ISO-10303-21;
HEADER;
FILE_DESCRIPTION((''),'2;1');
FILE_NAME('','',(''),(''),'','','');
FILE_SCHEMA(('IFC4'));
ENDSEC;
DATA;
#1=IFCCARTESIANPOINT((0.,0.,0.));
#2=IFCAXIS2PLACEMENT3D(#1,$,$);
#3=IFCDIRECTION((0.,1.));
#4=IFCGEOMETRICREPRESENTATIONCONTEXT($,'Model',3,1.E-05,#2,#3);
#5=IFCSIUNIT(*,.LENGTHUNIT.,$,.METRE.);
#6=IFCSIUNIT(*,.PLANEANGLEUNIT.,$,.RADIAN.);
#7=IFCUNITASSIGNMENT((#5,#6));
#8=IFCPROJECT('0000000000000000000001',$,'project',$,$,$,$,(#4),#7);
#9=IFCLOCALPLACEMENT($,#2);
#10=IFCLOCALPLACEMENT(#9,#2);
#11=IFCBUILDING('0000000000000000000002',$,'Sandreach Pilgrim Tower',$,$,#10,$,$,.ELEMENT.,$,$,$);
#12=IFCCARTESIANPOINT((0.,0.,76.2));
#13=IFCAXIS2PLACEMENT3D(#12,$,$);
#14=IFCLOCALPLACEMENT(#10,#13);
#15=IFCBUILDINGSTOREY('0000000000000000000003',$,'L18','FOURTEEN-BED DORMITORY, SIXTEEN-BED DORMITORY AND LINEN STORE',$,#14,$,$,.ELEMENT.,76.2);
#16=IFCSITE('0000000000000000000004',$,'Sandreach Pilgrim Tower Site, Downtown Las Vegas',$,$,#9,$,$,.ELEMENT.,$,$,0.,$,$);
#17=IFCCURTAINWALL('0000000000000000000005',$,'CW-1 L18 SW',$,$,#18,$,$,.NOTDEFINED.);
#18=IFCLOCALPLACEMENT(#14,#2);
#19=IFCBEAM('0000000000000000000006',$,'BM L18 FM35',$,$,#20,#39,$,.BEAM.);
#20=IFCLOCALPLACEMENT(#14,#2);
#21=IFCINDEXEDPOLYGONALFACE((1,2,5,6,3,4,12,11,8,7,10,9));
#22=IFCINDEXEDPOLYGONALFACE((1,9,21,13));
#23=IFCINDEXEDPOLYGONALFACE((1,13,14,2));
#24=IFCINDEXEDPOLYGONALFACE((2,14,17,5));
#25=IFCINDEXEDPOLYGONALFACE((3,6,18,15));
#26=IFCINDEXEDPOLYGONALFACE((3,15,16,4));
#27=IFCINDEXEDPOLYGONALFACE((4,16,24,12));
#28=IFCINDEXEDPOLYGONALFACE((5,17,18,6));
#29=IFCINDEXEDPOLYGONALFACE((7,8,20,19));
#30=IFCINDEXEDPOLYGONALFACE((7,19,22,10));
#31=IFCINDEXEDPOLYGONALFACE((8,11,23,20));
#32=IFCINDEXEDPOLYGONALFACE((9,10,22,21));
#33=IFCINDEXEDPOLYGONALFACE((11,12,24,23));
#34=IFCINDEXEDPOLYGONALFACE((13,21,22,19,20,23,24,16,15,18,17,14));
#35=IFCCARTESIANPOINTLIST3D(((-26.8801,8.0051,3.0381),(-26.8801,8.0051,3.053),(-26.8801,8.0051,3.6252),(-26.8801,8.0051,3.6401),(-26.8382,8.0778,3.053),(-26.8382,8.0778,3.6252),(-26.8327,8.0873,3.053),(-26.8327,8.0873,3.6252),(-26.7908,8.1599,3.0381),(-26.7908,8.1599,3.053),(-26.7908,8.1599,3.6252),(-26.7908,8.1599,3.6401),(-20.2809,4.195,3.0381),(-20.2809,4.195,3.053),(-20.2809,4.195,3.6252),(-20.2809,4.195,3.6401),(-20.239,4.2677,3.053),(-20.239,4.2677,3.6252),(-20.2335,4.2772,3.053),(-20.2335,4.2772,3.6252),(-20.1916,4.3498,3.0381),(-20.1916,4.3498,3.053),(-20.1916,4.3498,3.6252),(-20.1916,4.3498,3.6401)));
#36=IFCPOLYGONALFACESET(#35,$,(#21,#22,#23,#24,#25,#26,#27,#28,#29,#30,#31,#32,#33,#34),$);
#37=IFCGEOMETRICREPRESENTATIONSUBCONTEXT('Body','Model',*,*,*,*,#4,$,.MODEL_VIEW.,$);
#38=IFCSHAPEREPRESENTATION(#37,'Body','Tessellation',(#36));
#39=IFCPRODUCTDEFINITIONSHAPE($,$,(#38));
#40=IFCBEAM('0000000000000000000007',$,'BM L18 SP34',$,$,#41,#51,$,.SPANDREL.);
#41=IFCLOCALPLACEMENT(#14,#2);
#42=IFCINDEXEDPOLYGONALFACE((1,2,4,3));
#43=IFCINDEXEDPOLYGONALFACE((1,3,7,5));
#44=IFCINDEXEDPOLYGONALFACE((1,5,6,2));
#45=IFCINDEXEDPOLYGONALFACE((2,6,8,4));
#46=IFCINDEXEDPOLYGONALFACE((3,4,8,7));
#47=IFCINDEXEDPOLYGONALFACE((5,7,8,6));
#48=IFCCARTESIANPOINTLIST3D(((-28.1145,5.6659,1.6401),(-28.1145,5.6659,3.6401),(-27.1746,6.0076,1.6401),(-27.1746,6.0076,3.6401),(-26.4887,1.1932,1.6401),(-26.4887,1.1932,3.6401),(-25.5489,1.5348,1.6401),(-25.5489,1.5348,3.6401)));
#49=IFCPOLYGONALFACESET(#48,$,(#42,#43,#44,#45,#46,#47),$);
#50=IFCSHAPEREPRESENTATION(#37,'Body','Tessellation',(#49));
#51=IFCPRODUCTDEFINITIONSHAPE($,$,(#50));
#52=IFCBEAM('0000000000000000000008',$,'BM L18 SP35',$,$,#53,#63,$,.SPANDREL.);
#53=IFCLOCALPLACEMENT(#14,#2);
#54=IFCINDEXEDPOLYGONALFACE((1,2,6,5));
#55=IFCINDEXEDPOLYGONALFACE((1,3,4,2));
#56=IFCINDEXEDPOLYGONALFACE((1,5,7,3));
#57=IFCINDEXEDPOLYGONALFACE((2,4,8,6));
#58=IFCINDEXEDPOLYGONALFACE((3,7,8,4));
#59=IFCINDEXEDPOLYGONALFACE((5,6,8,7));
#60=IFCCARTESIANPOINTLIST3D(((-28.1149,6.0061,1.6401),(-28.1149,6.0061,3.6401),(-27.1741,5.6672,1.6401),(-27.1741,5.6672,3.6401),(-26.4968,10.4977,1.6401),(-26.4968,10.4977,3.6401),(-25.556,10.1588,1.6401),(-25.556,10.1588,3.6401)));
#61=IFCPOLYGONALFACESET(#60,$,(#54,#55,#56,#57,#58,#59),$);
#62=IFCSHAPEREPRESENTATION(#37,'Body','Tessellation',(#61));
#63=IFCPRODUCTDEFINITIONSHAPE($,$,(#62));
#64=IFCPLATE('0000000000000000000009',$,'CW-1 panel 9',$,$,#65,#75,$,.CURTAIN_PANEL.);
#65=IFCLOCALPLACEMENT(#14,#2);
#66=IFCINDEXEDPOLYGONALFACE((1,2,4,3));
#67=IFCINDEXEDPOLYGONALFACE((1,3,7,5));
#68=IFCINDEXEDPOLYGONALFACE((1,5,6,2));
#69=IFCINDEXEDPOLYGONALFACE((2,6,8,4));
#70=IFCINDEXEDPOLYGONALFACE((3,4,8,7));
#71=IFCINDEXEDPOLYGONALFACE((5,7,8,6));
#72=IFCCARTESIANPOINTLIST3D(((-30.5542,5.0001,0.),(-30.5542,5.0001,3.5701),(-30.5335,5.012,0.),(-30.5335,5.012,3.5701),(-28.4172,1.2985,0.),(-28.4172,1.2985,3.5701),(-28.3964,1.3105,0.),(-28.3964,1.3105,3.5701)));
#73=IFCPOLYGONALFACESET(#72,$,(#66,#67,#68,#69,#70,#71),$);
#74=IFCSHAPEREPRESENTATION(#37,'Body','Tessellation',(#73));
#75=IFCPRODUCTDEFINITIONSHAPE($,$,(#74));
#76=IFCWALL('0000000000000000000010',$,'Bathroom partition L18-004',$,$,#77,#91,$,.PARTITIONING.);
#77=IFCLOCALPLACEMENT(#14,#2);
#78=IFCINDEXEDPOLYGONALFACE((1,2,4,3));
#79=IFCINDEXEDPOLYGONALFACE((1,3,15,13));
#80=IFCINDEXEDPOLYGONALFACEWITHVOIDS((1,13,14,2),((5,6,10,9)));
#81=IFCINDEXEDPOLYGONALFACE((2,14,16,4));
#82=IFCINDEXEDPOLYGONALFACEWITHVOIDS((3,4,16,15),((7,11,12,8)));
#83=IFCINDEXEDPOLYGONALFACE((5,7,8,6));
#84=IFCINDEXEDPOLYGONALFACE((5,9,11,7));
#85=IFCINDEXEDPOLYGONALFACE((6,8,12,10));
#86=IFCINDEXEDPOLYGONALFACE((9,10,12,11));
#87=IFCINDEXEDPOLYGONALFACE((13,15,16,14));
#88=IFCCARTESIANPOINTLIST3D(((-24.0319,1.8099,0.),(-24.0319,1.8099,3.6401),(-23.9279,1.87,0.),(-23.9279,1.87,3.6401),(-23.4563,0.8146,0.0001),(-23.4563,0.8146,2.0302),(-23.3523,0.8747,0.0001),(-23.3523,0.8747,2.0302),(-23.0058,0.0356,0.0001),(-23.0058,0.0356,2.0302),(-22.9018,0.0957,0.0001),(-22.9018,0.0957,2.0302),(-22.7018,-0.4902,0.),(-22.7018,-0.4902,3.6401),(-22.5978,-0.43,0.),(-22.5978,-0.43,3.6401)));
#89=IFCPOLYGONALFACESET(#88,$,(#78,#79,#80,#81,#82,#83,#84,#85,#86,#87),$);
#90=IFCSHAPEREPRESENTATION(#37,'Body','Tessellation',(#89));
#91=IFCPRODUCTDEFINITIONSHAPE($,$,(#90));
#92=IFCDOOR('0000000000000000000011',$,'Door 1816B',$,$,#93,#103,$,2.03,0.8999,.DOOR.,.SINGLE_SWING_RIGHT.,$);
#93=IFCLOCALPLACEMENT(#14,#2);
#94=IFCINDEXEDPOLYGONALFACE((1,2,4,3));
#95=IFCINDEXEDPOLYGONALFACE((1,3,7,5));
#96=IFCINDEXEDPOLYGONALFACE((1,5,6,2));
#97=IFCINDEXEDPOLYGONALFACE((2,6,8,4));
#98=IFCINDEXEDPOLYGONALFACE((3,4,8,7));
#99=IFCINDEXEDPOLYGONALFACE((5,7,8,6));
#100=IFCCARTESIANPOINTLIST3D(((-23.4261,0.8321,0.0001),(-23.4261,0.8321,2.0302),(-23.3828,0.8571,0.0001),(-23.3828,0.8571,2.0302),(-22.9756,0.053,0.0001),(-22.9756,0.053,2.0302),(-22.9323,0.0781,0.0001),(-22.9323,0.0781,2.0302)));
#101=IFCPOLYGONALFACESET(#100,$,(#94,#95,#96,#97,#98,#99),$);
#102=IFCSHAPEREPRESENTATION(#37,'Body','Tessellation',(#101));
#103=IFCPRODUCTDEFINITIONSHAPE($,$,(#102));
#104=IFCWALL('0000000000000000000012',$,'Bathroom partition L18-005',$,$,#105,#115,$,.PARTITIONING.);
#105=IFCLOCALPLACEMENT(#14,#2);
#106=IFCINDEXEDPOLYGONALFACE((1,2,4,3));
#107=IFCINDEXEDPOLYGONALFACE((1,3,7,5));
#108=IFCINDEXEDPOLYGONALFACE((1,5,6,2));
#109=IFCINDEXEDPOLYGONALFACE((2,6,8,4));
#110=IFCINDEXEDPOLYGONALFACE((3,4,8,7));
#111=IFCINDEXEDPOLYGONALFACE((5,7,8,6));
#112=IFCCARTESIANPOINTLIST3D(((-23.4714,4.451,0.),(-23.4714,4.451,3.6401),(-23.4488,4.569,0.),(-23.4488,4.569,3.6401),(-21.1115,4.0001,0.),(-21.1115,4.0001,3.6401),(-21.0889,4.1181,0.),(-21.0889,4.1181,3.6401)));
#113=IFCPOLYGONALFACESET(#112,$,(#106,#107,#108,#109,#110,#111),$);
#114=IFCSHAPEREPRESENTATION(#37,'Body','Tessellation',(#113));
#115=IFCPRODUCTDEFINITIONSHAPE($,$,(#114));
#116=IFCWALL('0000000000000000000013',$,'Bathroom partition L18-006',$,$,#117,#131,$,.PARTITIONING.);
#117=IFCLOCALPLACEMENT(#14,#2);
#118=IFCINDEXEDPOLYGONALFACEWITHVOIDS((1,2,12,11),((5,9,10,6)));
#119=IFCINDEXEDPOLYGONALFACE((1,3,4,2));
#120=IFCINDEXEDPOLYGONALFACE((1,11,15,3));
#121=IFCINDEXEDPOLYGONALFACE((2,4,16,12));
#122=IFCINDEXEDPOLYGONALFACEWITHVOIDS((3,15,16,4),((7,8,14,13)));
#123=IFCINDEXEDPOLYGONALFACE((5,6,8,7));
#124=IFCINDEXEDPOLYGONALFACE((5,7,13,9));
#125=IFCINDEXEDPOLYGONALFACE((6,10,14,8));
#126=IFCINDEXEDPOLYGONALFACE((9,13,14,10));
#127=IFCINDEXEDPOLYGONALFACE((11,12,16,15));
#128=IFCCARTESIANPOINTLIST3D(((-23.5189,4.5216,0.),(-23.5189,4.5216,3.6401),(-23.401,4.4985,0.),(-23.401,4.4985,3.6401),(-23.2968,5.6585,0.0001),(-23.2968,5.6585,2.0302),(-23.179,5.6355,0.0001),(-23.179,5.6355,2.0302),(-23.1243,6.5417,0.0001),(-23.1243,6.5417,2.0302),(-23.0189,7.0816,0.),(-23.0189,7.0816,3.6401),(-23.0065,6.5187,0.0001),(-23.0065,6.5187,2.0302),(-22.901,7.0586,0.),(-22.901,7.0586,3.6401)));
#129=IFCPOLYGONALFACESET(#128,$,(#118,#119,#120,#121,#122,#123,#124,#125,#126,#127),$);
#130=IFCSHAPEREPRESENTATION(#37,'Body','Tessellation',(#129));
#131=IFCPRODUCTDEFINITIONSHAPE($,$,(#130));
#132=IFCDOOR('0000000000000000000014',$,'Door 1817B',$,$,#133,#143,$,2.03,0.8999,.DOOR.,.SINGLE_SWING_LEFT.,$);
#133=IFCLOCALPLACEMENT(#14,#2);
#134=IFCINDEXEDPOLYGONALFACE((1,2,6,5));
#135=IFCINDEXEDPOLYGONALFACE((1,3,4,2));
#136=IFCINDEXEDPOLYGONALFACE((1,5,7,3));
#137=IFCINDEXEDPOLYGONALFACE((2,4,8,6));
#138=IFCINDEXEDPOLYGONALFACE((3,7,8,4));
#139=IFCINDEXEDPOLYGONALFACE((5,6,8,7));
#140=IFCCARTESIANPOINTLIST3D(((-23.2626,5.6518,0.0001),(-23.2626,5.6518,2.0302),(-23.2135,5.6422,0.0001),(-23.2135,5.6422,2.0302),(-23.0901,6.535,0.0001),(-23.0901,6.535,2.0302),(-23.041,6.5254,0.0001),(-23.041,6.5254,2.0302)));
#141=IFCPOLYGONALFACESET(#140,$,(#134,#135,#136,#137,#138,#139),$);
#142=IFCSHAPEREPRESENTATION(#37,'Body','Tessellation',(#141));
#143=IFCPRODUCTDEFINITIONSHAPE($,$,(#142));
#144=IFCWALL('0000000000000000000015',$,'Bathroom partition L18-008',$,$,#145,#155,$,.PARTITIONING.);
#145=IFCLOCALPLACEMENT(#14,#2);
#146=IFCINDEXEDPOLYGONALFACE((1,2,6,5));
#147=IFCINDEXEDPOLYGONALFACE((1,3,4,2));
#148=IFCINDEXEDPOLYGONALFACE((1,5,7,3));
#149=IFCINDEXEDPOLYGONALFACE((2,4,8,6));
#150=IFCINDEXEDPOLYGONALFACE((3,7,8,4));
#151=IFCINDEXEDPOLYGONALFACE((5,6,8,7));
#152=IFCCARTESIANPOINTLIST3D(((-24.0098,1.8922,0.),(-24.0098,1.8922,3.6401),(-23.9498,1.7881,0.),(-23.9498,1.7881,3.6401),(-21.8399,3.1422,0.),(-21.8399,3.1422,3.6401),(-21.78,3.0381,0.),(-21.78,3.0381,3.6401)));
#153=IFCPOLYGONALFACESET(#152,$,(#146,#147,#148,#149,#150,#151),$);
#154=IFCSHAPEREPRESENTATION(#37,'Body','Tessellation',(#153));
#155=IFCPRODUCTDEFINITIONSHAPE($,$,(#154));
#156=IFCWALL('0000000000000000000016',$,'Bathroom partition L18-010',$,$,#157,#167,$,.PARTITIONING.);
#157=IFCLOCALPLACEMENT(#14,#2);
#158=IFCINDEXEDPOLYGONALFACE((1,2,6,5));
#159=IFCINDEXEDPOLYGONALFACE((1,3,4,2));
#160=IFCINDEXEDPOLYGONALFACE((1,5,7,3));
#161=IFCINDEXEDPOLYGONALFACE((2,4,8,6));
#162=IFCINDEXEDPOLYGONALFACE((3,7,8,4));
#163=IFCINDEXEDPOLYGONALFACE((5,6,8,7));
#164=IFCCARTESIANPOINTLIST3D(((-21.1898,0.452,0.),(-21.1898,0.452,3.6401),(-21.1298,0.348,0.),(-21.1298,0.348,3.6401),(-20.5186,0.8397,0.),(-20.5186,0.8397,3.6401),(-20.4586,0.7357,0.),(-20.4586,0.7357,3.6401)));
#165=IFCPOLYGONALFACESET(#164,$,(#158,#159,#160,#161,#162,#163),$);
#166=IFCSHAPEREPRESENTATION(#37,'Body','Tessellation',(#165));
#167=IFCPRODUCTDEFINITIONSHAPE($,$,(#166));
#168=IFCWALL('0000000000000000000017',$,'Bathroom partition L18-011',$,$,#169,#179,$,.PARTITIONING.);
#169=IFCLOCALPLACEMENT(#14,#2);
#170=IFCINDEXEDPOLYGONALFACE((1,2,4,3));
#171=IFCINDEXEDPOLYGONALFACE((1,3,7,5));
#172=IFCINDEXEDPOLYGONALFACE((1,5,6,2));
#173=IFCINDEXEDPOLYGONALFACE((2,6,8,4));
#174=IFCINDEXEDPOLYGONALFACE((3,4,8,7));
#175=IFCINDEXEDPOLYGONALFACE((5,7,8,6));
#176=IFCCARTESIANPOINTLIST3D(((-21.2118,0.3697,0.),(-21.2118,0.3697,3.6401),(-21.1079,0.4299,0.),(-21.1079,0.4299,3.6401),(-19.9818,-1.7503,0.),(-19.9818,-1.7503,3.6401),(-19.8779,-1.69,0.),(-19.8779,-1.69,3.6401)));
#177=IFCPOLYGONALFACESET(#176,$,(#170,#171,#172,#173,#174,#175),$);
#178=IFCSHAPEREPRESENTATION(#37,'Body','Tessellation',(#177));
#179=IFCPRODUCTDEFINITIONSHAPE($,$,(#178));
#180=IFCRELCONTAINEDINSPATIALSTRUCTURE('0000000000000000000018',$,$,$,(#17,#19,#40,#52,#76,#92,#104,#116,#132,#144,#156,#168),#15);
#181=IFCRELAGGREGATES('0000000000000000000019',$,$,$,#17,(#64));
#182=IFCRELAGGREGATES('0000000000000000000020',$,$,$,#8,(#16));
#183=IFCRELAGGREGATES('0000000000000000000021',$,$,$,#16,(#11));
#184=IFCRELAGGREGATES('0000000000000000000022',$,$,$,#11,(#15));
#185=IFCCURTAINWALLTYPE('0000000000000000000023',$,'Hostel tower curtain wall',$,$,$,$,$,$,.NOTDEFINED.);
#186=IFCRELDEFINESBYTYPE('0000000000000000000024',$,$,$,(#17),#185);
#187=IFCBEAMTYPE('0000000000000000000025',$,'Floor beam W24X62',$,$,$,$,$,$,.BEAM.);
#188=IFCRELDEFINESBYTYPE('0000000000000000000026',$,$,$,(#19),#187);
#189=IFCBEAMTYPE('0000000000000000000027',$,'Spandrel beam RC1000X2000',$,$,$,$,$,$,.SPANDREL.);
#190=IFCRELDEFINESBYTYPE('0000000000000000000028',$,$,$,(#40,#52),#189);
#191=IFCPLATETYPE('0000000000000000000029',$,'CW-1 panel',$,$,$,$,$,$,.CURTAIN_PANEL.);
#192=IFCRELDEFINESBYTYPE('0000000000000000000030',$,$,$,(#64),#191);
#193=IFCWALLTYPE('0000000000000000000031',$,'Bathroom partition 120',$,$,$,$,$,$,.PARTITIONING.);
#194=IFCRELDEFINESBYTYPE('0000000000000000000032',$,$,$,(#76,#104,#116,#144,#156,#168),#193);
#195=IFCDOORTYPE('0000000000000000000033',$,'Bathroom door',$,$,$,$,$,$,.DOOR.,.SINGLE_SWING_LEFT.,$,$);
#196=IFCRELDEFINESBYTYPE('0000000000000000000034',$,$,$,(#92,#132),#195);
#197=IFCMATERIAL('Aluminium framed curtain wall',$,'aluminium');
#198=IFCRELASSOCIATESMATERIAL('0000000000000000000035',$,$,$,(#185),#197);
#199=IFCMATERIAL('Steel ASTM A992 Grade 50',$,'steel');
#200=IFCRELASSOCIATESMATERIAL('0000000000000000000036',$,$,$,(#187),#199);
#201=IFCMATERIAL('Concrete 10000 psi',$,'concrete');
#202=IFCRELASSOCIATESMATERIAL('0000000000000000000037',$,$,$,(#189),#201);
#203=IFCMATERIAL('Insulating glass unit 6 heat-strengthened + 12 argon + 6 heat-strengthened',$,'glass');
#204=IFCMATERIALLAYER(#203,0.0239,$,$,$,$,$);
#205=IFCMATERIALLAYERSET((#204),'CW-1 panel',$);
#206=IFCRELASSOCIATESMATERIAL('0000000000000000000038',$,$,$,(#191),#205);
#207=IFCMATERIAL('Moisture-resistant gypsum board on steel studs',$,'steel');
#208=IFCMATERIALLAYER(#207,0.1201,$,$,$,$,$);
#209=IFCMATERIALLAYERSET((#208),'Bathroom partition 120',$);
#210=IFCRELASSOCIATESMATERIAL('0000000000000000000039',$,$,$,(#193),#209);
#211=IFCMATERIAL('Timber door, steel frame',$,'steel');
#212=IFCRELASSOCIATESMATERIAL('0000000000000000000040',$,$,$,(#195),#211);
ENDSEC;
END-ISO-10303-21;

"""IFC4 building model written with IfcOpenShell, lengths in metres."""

from ifc_helpers import new_model, si_unit, direction, frame, frame_2d, origin, origin_2d, place, context, subcontext, project, spatial, rectangle, i_section, extrude, material, layer, layer_set, material_profile, profile_set, type_object, element, fill, aggregate, save


model = new_model("IFC4")

# Units and contexts
model_context = context("Model", 3, precision=1e-05, world=origin(), true_north=direction((0.0, 1.0)))
body_context = subcontext(model_context, "Body", "Model", "MODEL_VIEW")
ifc_project = project(units=[si_unit("LENGTHUNIT", "METRE"), si_unit("PLANEANGLEUNIT", "RADIAN")], contexts=[model_context])

# Site, building, storey
site_placement = place(None, origin())
site = spatial("IfcSite", under=ifc_project, at=site_placement, Name="Sandreach Pilgrim Tower Site, Downtown Las Vegas", CompositionType="ELEMENT", RefElevation=0.0)
building_placement = place(site_placement, origin())
building = spatial("IfcBuilding", under=site, at=building_placement, Name="Sandreach Pilgrim Tower", CompositionType="ELEMENT")
storey_placement = place(building_placement, frame((0.0, 0.0, 76.2)))
storey = spatial("IfcBuildingStorey", under=building, at=storey_placement, Name="L18", Description="FOURTEEN-BED DORMITORY, SIXTEEN-BED DORMITORY AND LINEN STORE", CompositionType="ELEMENT", Elevation=76.2)

# Curtain wall
ifc_material_1 = material(Name="Aluminium framed curtain wall", Category="aluminium")
curtain_wall_type = type_object("IfcCurtainWallType", Name="Hostel tower curtain wall", PredefinedType="NOTDEFINED", material=ifc_material_1)
curtain_wall_1_placement = place(storey_placement, origin())
curtain_wall_1 = element("IfcCurtainWall", 1, at=curtain_wall_1_placement, inside=storey, type_object=curtain_wall_type, Name="CW-1 L18 SW", PredefinedType="NOTDEFINED")

# Beams
ifc_material_2 = material(Name="Steel ASTM A992 Grade 50", Category="steel")
ifc_material_profile_1 = material_profile(ifc_material_2, i_section(OverallWidth=0.1787, OverallDepth=0.6021, WebThickness=0.011, FlangeThickness=0.0149, at=origin_2d()), Name="W24X62")
ifc_profile_set_1 = profile_set([ifc_material_profile_1], Name="Steel ASTM A992 Grade 50")
beam_type_1 = type_object("IfcBeamType", Name="Floor beam W24X62", PredefinedType="BEAM", material=ifc_profile_set_1)
beam_1_placement = place(storey_placement, frame((-26.8354, 8.0825, 3.3391), z_axis=(0.866022, -0.500005, 0.0), x_axis=(0.500005, 0.866022, 0.0)))
element("IfcBeam", 2, at=beam_1_placement, inside=storey, type_object=beam_type_1, Name="BM L18 FM35", PredefinedType="BEAM", context=body_context, shape_type="SweptSolid", body=[
    extrude(i_section(OverallWidth=0.1787, OverallDepth=0.6021, WebThickness=0.011, FlangeThickness=0.0149, at=origin_2d()), origin(), (0.0, 0.0, 1.0), 7.6201),
])
ifc_material_3 = material(Name="Concrete 10000 psi", Category="concrete")
ifc_material_profile_2 = material_profile(ifc_material_3, rectangle(XDim=1.0, YDim=2.0, at=origin_2d()), Name="RC1000X2000")
ifc_profile_set_2 = profile_set([ifc_material_profile_2], Name="Concrete 10000 psi")
beam_type_2 = type_object("IfcBeamType", Name="Spandrel beam RC1000X2000", PredefinedType="SPANDREL", material=ifc_profile_set_2)
beam_2_placement = place(storey_placement, frame((-26.0188, 1.364, 2.6401), z_axis=(-0.341615, 0.93984, 0.0), x_axis=(-0.93984, -0.341615, 0.0)))
element("IfcBeam", 3, at=beam_2_placement, inside=storey, type_object=beam_type_2, Name="BM L18 SP34", PredefinedType="SPANDREL", context=body_context, shape_type="SweptSolid", body=[
    extrude(rectangle(XDim=1.0, YDim=2.0, at=origin_2d()), origin(), (0.0, 0.0, 1.0), 4.759),
])
beam_3_placement = place(storey_placement, frame((-27.6445, 5.8367, 2.6401), z_axis=(0.338933, 0.94081, 0.0), x_axis=(-0.94081, 0.338933, 0.0)))
element("IfcBeam", 4, at=beam_3_placement, inside=storey, type_object=beam_type_2, Name="BM L18 SP35", PredefinedType="SPANDREL", context=body_context, shape_type="SweptSolid", body=[
    extrude(rectangle(XDim=1.0, YDim=2.0, at=origin_2d()), origin(), (0.0, 0.0, 1.0), 4.7742),
])

# Plate
ifc_material_4 = material(Name="Insulating glass unit 6 heat-strengthened + 12 argon + 6 heat-strengthened", Category="glass")
ifc_layer_1 = layer(ifc_material_4, 0.0239)
ifc_layer_set_1 = layer_set([ifc_layer_1], Name="CW-1 panel")
plate_type = type_object("IfcPlateType", Name="CW-1 panel", PredefinedType="CURTAIN_PANEL", material=ifc_layer_set_1)
plate_placement = place(storey_placement, frame((-29.4753, 3.1553, 0.0), z_axis=(0.0, 0.0, 1.0), x_axis=(-0.5, 0.866025, 0.0)))
plate = element("IfcPlate", 5, at=plate_placement, type_object=plate_type, Name="CW-1 panel 9", PredefinedType="CURTAIN_PANEL", context=body_context, shape_type="SweptSolid", body=[
    extrude(rectangle(XDim=4.2742, YDim=0.0239, at=origin_2d()), origin(), (0.0, 0.0, 1.0), 3.5701),
])
aggregate(curtain_wall_1, [plate])

# Wall, opening, door
ifc_material_5 = material(Name="Moisture-resistant gypsum board on steel studs", Category="steel")
ifc_layer_2 = layer(ifc_material_5, 0.1201)
ifc_layer_set_2 = layer_set([ifc_layer_2], Name="Bathroom partition 120")
wall_type_1 = type_object("IfcWallType", Name="Bathroom partition 120", PredefinedType="PARTITIONING", material=ifc_layer_set_2)
wall_1_placement = place(storey_placement, frame((-23.98, 1.8401, 0.0), z_axis=(0.0, 0.0, 1.0), x_axis=(0.500605, -0.865676, 0.0)))
wall_1 = element("IfcWall", 6, at=wall_1_placement, inside=storey, type_object=wall_type_1, Name="Bathroom partition L18-004", PredefinedType="PARTITIONING", context=body_context, shape_type="SweptSolid", body=[
    extrude(rectangle(XDim=2.657, YDim=0.1201, at=frame_2d((1.3286, 0.0))), origin(), (0.0, 0.0, 1.0), 3.6401),
])
opening_1_placement = place(wall_1_placement, frame((1.1499, 0.0, 0.0)))
opening_1 = element("IfcOpeningElement", 7, at=opening_1_placement, cuts=wall_1, PredefinedType="OPENING", context=body_context, shape_type="SweptSolid", body=[
    extrude(rectangle(XDim=0.8999, YDim=2.03, at=frame_2d((0.45, 1.0151))), frame((0.0, 0.0601, 0.0), z_axis=(0.0, -1.0, 0.0), x_axis=(1.0, 0.0, 0.0)), (0.0, 0.0, 1.0), 0.1201),
])
ifc_material_6 = material(Name="Timber door, steel frame", Category="steel")
door_type_1 = type_object("IfcDoorType", Name="Bathroom door", OperationType="SINGLE_SWING_LEFT", PredefinedType="DOOR", material=ifc_material_6)
door_1_placement = place(opening_1_placement, origin())
door_1 = element("IfcDoor", 8, at=door_1_placement, inside=storey, type_object=door_type_1, Name="Door 1816B", OperationType="SINGLE_SWING_RIGHT", OverallHeight=2.03, OverallWidth=0.8999, PredefinedType="DOOR", context=body_context, shape_type="SweptSolid", body=[
    extrude(rectangle(XDim=0.8999, YDim=2.03, at=frame_2d((0.45, 1.0151))), frame((0.0, 0.0249, 0.0), z_axis=(0.0, -1.0, 0.0), x_axis=(1.0, 0.0, 0.0)), (0.0, 0.0, 1.0), 0.05),
])
fill(opening_1, door_1)

# Wall
wall_2_placement = place(storey_placement, frame((-23.46, 4.51, 0.0), z_axis=(0.0, 0.0, 1.0), x_axis=(0.982229, -0.187686, 0.0)))
element("IfcWall", 9, at=wall_2_placement, inside=storey, type_object=wall_type_1, Name="Bathroom partition L18-005", PredefinedType="PARTITIONING", context=body_context, shape_type="SweptSolid", body=[
    extrude(rectangle(XDim=2.4026, YDim=0.1201, at=frame_2d((1.2012, 0.0))), origin(), (0.0, 0.0, 1.0), 3.6401),
])

# Wall, opening, door
wall_3_placement = place(storey_placement, frame((-22.96, 7.0701, 0.0), z_axis=(0.0, 0.0, 1.0), x_axis=(-0.191686, -0.981456, 0.0)))
wall_3 = element("IfcWall", 10, at=wall_3_placement, inside=storey, type_object=wall_type_1, Name="Bathroom partition L18-006", PredefinedType="PARTITIONING", context=body_context, shape_type="SweptSolid", body=[
    extrude(rectangle(XDim=2.6084, YDim=0.1201, at=frame_2d((1.3042, 0.0))), origin(), (0.0, 0.0, 1.0), 3.6401),
])
opening_2_placement = place(wall_3_placement, frame((0.55, 0.0, 0.0)))
opening_2 = element("IfcOpeningElement", 11, at=opening_2_placement, cuts=wall_3, PredefinedType="OPENING", context=body_context, shape_type="SweptSolid", body=[
    extrude(rectangle(XDim=0.8999, YDim=2.03, at=frame_2d((0.45, 1.0151))), frame((0.0, 0.0601, 0.0), z_axis=(0.0, -1.0, 0.0), x_axis=(1.0, 0.0, 0.0)), (0.0, 0.0, 1.0), 0.1201),
])
door_2_placement = place(opening_2_placement, origin())
door_2 = element("IfcDoor", 12, at=door_2_placement, inside=storey, type_object=door_type_1, Name="Door 1817B", OperationType="SINGLE_SWING_LEFT", OverallHeight=2.03, OverallWidth=0.8999, PredefinedType="DOOR", context=body_context, shape_type="SweptSolid", body=[
    extrude(rectangle(XDim=0.8999, YDim=2.03, at=frame_2d((0.45, 1.0151))), frame((0.0, 0.0249, 0.0), z_axis=(0.0, -1.0, 0.0), x_axis=(1.0, 0.0, 0.0)), (0.0, 0.0, 1.0), 0.05),
])
fill(opening_2, door_2)

# Walls
wall_4_placement = place(storey_placement, frame((-21.8101, 3.0901, 0.0), z_axis=(0.0, 0.0, 1.0), x_axis=(-0.86651, -0.49916, 0.0)))
element("IfcWall", 13, at=wall_4_placement, inside=storey, type_object=wall_type_1, Name="Bathroom partition L18-008", PredefinedType="PARTITIONING", context=body_context, shape_type="SweptSolid", body=[
    extrude(rectangle(XDim=2.5042, YDim=0.1201, at=frame_2d((1.252, 0.0))), origin(), (0.0, 0.0, 1.0), 3.6401),
])
wall_5_placement = place(storey_placement, frame((-21.1599, 0.3999, 0.0), z_axis=(0.0, 0.0, 1.0), x_axis=(0.865908, 0.500204, 0.0)))
element("IfcWall", 14, at=wall_5_placement, inside=storey, type_object=wall_type_1, Name="Bathroom partition L18-010", PredefinedType="PARTITIONING", context=body_context, shape_type="SweptSolid", body=[
    extrude(rectangle(XDim=0.7751, YDim=0.1201, at=frame_2d((0.3877, 0.0))), origin(), (0.0, 0.0, 1.0), 3.6401),
])
wall_6_placement = place(storey_placement, frame((-21.1599, 0.3999, 0.0), z_axis=(0.0, 0.0, 1.0), x_axis=(0.501857, -0.864951, 0.0)))
element("IfcWall", 15, at=wall_6_placement, inside=storey, type_object=wall_type_1, Name="Bathroom partition L18-011", PredefinedType="PARTITIONING", context=body_context, shape_type="SweptSolid", body=[
    extrude(rectangle(XDim=2.4509, YDim=0.1201, at=frame_2d((1.2256, 0.0))), origin(), (0.0, 0.0, 1.0), 3.6401),
])

save(model, "model.ifc")
